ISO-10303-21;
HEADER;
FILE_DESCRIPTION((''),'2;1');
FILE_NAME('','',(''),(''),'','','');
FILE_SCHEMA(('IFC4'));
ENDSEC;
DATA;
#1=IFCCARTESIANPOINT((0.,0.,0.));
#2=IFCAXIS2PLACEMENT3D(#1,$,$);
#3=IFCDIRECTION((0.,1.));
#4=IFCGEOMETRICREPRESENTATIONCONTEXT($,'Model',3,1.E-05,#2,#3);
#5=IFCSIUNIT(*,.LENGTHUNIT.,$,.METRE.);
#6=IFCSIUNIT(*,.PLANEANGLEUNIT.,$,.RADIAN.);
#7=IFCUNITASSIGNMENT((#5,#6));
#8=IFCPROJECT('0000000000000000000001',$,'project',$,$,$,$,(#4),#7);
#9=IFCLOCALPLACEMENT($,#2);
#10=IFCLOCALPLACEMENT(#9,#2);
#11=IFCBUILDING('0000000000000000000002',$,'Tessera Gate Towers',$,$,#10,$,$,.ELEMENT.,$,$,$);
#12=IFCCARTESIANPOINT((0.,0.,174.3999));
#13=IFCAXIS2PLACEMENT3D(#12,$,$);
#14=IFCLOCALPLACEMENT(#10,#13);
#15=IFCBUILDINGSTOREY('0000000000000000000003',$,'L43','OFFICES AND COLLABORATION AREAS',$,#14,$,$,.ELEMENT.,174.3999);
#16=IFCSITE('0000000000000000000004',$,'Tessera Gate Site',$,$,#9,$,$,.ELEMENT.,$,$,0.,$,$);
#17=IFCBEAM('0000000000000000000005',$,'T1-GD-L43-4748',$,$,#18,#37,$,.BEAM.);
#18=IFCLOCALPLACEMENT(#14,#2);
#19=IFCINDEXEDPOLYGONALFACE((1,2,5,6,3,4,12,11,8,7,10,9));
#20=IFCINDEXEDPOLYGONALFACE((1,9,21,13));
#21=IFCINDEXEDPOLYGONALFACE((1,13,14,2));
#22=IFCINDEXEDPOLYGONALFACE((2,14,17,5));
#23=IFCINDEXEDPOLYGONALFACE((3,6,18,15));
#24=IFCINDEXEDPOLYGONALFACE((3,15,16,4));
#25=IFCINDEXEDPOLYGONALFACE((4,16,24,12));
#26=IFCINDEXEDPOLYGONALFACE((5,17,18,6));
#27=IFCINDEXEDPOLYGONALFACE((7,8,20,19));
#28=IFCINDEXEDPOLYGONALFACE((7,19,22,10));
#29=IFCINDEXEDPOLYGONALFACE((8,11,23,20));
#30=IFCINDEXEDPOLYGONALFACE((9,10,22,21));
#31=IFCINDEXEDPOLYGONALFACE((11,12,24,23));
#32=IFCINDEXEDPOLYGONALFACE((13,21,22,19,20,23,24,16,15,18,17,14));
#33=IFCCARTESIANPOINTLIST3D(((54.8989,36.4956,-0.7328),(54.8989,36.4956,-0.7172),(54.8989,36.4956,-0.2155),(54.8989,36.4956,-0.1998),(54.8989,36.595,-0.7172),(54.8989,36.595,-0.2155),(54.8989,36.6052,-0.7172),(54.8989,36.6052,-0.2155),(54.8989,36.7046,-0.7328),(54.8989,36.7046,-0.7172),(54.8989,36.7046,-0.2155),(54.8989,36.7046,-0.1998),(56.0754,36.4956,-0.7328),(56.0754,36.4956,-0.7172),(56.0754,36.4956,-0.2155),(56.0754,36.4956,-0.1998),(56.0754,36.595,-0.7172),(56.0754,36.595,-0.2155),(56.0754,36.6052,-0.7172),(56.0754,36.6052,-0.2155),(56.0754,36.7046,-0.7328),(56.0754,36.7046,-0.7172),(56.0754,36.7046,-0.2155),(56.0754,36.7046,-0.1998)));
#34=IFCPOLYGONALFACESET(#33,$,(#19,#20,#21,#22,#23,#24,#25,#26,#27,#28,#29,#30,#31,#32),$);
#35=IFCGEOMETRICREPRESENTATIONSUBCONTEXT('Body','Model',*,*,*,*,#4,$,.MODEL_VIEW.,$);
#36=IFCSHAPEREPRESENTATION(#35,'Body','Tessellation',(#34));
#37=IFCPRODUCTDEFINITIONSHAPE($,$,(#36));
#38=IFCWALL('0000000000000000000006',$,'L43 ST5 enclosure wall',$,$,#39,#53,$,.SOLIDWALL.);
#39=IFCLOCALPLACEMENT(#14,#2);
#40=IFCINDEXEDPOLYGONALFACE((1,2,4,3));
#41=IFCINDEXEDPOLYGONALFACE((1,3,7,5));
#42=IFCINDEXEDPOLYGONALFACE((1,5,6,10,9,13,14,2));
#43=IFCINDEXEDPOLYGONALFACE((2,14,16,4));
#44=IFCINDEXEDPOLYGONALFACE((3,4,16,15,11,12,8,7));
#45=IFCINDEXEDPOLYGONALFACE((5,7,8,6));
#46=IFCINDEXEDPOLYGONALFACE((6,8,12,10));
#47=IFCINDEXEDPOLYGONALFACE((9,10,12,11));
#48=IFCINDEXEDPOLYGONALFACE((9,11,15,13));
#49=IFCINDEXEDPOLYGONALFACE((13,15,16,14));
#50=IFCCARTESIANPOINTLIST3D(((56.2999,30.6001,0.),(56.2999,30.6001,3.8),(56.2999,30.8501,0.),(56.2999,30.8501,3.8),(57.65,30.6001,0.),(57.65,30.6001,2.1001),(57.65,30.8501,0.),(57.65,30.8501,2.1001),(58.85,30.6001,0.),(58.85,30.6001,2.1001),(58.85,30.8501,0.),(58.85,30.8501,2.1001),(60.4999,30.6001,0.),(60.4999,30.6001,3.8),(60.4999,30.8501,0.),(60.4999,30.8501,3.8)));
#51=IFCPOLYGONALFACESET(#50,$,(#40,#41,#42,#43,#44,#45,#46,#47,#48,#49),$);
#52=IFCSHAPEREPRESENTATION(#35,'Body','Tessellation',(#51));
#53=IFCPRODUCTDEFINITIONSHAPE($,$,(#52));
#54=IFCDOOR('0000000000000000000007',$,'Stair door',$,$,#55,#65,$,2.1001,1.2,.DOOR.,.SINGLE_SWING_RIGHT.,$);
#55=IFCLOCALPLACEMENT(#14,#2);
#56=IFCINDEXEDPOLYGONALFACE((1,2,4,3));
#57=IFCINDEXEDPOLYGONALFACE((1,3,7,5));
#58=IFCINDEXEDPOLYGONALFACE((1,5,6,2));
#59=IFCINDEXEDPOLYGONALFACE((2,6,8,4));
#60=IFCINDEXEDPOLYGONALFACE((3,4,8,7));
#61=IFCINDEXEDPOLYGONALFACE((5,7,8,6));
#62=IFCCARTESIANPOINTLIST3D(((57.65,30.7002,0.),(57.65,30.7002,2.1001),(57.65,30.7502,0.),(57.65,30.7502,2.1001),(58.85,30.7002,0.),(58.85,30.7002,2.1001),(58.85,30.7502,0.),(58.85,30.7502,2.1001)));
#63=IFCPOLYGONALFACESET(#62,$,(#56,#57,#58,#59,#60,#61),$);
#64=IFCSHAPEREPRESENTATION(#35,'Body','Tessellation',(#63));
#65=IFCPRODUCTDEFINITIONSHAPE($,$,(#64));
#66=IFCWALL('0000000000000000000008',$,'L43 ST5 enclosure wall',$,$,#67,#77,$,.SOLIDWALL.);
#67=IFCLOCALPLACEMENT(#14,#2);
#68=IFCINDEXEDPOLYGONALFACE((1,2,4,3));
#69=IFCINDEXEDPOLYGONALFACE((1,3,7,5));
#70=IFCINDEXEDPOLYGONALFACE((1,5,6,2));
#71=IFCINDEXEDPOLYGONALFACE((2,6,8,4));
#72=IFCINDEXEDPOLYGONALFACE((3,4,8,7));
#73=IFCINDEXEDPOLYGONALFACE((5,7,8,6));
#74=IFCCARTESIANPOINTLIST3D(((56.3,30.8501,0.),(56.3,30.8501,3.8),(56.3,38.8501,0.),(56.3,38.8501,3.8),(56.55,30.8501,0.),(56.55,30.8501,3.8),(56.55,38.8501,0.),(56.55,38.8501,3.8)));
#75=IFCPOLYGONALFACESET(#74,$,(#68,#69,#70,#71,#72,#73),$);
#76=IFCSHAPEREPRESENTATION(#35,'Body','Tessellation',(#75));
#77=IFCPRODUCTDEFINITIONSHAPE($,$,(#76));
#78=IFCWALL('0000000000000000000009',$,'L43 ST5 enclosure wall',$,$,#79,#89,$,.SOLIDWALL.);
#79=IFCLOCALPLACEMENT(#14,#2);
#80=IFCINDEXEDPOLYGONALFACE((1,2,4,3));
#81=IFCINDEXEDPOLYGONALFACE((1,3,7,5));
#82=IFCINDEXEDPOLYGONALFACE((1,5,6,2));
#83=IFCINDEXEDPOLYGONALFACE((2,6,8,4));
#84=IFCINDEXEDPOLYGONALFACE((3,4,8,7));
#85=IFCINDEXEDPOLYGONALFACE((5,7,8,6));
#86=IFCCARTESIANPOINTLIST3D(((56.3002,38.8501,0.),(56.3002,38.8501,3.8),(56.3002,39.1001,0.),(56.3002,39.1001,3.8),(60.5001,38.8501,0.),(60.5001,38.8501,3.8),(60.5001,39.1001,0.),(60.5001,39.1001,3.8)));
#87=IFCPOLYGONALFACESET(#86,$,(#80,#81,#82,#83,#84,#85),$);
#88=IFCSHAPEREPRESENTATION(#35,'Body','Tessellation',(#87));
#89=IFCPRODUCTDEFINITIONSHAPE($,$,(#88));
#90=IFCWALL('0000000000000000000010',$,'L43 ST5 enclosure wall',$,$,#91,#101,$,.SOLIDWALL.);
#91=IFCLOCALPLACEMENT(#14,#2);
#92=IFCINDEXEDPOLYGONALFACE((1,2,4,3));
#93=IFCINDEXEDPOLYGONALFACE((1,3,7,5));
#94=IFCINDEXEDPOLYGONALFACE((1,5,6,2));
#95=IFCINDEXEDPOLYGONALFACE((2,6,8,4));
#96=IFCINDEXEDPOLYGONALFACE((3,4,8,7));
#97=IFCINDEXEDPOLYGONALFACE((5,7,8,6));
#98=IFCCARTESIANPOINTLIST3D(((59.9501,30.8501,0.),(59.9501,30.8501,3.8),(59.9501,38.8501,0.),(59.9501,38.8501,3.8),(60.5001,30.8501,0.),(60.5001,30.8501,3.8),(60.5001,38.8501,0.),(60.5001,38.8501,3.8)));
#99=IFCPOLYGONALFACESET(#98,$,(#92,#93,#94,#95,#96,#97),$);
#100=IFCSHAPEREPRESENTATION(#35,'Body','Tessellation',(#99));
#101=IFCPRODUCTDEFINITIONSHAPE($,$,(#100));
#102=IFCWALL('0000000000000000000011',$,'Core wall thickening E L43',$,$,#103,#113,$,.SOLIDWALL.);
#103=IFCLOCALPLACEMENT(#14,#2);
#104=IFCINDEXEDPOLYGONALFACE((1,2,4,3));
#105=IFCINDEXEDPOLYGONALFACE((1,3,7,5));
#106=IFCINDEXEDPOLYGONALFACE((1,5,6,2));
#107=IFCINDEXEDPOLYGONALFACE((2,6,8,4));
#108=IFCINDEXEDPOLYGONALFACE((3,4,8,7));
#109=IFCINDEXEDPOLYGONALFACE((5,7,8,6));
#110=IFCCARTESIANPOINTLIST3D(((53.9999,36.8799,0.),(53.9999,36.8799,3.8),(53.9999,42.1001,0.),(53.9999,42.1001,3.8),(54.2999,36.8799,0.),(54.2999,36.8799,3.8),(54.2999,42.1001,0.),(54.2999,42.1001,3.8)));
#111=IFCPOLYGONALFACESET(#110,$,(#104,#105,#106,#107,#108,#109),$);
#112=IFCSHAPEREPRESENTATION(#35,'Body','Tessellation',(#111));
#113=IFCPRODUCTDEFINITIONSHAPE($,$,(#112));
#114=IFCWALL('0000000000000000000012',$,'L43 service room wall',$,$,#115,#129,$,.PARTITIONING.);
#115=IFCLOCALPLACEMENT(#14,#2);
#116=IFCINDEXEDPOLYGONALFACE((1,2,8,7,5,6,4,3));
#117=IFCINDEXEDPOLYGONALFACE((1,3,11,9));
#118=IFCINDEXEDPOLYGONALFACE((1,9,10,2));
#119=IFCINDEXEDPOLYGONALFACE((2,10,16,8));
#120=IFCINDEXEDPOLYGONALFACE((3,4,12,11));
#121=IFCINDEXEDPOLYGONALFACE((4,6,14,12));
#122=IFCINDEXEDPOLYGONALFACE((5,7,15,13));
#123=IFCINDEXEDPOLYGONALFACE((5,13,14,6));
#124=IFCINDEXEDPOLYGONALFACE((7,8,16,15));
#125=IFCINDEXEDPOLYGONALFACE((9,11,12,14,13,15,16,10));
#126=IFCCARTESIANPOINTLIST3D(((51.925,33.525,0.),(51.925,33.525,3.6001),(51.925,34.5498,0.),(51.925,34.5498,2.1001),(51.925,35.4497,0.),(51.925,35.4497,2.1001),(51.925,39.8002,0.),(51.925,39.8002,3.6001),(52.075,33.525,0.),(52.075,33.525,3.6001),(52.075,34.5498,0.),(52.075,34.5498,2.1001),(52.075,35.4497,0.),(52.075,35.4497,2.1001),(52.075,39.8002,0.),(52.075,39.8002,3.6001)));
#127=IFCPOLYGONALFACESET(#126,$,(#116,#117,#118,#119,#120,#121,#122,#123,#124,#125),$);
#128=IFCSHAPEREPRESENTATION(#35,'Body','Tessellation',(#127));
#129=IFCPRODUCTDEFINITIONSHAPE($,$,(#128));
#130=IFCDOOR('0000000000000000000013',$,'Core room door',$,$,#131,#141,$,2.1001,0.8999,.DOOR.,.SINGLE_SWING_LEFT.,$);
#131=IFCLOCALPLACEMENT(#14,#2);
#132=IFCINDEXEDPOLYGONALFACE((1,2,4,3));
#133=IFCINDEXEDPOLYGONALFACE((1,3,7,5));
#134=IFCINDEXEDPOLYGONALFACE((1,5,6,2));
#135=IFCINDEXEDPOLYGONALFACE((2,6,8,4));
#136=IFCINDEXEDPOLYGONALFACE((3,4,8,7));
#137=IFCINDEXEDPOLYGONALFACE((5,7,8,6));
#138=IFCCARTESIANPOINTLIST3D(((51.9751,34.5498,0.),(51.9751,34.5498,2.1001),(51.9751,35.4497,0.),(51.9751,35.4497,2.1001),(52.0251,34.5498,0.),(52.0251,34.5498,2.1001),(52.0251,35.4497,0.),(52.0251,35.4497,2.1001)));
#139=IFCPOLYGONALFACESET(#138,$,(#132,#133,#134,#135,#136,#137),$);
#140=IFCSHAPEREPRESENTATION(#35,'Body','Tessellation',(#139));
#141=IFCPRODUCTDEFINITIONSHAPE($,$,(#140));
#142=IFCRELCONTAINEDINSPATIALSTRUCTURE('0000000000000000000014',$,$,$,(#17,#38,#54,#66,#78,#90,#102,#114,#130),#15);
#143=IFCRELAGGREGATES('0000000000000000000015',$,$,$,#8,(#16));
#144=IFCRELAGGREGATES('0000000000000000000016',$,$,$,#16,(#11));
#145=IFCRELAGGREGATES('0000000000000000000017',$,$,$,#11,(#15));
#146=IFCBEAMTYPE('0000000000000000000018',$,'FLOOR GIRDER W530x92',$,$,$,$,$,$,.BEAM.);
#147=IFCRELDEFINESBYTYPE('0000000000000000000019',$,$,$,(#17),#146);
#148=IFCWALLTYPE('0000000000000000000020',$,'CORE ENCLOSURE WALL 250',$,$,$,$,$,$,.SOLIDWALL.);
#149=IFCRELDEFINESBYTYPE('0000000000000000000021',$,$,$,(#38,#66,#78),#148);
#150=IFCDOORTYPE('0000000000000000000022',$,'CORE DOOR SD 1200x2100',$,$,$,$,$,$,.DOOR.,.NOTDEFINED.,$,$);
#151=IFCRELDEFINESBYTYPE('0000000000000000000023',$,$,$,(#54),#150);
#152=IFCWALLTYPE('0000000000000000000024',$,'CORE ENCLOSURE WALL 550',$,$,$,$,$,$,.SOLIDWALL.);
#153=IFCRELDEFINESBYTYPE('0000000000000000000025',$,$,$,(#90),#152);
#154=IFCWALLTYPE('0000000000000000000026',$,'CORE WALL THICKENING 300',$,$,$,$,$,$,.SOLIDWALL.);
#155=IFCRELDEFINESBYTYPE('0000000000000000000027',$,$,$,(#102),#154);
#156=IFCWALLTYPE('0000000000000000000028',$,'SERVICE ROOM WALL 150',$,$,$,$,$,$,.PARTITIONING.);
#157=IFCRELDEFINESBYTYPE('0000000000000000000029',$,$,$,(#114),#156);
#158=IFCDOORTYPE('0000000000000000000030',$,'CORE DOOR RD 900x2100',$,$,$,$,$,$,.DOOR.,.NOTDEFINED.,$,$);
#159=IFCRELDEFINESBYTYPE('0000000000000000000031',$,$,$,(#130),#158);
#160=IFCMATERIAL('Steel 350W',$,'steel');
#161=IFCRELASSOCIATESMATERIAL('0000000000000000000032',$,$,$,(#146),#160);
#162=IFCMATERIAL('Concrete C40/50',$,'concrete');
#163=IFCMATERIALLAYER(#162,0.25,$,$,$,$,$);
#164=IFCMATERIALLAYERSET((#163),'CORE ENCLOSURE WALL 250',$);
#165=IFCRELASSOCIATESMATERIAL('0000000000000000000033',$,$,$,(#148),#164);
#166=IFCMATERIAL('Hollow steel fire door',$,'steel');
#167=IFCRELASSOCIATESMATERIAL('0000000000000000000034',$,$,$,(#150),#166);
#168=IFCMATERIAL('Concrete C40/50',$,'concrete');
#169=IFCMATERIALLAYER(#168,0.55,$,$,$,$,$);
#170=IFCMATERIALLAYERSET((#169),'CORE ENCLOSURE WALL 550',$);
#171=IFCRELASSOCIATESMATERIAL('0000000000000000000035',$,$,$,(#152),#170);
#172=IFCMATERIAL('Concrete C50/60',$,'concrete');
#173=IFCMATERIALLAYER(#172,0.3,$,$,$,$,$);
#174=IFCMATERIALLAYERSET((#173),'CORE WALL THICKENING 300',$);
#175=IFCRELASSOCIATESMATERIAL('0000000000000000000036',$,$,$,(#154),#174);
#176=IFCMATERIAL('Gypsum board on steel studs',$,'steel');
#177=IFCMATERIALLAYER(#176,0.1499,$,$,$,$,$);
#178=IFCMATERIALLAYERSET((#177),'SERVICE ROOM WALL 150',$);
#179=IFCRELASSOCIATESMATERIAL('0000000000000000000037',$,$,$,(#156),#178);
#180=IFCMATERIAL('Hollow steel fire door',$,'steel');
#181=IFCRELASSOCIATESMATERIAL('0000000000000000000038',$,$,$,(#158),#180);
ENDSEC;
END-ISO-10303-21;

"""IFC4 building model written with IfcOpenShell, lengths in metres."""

from ifc_helpers import new_model, si_unit, direction, frame, frame_2d, origin, origin_2d, place, context, subcontext, project, spatial, rectangle, i_section, extrude, source, transform, mapped, material, layer, layer_set, material_profile, profile_set, type_object, element, fill, save


model = new_model("IFC4")

# Units and contexts
model_context = context("Model", 3, precision=1e-05, world=origin(), true_north=direction((0.0, 1.0)))
body_context = subcontext(model_context, "Body", "Model", "MODEL_VIEW")
ifc_project = project(units=[si_unit("LENGTHUNIT", "METRE"), si_unit("PLANEANGLEUNIT", "RADIAN")], contexts=[model_context])

# Site, building, storey
site_placement = place(None, origin())
site = spatial("IfcSite", under=ifc_project, at=site_placement, Name="Tessera Gate Site", CompositionType="ELEMENT", RefElevation=0.0)
building_placement = place(site_placement, origin())
building = spatial("IfcBuilding", under=site, at=building_placement, Name="Tessera Gate Towers", CompositionType="ELEMENT")
storey_placement = place(building_placement, frame((0.0, 0.0, 174.3999)))
storey = spatial("IfcBuildingStorey", under=building, at=storey_placement, Name="L43", Description="OFFICES AND COLLABORATION AREAS", CompositionType="ELEMENT", Elevation=174.3999)

# Beam
ifc_material_1 = material(Name="Steel 350W", Category="steel")
ifc_material_profile = material_profile(ifc_material_1, i_section(OverallWidth=0.209, OverallDepth=0.533, WebThickness=0.0103, FlangeThickness=0.0156, at=origin_2d()), Name="W530x92")
ifc_profile_set = profile_set([ifc_material_profile], Name="Steel 350W")
beam_type = type_object("IfcBeamType", Name="FLOOR GIRDER W530x92", PredefinedType="BEAM", material=ifc_profile_set)
beam_placement = place(storey_placement, frame((54.8989, 36.6001, -0.4663), z_axis=(1.0, 0.0, 0.0), x_axis=(0.0, 1.0, 0.0)))
element("IfcBeam", 1, at=beam_placement, inside=storey, type_object=beam_type, Name="T1-GD-L43-4748", PredefinedType="BEAM", context=body_context, shape_type="SweptSolid", body=[
    extrude(i_section(OverallWidth=0.209, OverallDepth=0.533, WebThickness=0.0103, FlangeThickness=0.0156, at=origin_2d()), origin(), (0.0, 0.0, 1.0), 1.1765),
])

# Wall, opening, door
ifc_material_2 = material(Name="Concrete C40/50", Category="concrete")
ifc_layer_1 = layer(ifc_material_2, 0.25)
ifc_layer_set_1 = layer_set([ifc_layer_1], Name="CORE ENCLOSURE WALL 250")
wall_type_1 = type_object("IfcWallType", Name="CORE ENCLOSURE WALL 250", PredefinedType="SOLIDWALL", material=ifc_layer_set_1)
wall_1_placement = place(storey_placement, frame((60.5, 30.7251, 0.0), z_axis=(0.0, 0.0, 1.0), x_axis=(-1.0, 0.0, 0.0)))
wall_1 = element("IfcWall", 2, at=wall_1_placement, inside=storey, type_object=wall_type_1, Name="L43 ST5 enclosure wall", PredefinedType="SOLIDWALL", context=body_context, shape_type="SweptSolid", body=[
    extrude(rectangle(XDim=4.2, YDim=0.25, at=frame_2d((2.1001, 0.0))), origin(), (0.0, 0.0, 1.0), 3.8),
])
shared_shape_1 = source(origin(), body_context, "Body", "SweptSolid", [
    extrude(rectangle(XDim=1.2, YDim=2.1001, at=frame_2d((0.6001, 1.05))), frame((0.0, 0.135, 0.0), z_axis=(0.0, -1.0, 0.0), x_axis=(1.0, 0.0, 0.0)), (0.0, 0.0, 1.0), 0.27),
])
opening_1_placement = place(wall_1_placement, frame((1.6499, 0.0, 0.0)))
opening_1 = element("IfcOpeningElement", 3, at=opening_1_placement, cuts=wall_1, PredefinedType="OPENING", context=body_context, shape_type="MappedRepresentation", body=[
    mapped(shared_shape_1, transform((0.0, 0.0, 0.0), scale=1.0)),
])
ifc_material_3 = material(Name="Hollow steel fire door", Category="steel")
door_type_1 = type_object("IfcDoorType", Name="CORE DOOR SD 1200x2100", OperationType="NOTDEFINED", PredefinedType="DOOR", material=ifc_material_3)
shared_shape_2 = source(origin(), body_context, "Body", "SweptSolid", [
    extrude(rectangle(XDim=1.2, YDim=2.1001, at=frame_2d((0.6001, 1.05))), frame((0.0, 0.0249, 0.0), z_axis=(0.0, -1.0, 0.0), x_axis=(1.0, 0.0, 0.0)), (0.0, 0.0, 1.0), 0.05),
])
door_1_placement = place(opening_1_placement, origin())
door_1 = element("IfcDoor", 4, at=door_1_placement, inside=storey, type_object=door_type_1, Name="Stair door", OperationType="SINGLE_SWING_RIGHT", OverallHeight=2.1001, OverallWidth=1.2, PredefinedType="DOOR", context=body_context, shape_type="MappedRepresentation", body=[
    mapped(shared_shape_2, transform((0.0, 0.0, 0.0), scale=1.0)),
])
fill(opening_1, door_1)

# Walls
wall_2_placement = place(storey_placement, frame((56.425, 30.8501, 0.0), z_axis=(0.0, 0.0, 1.0), x_axis=(0.0, 1.0, 0.0)))
element("IfcWall", 5, at=wall_2_placement, inside=storey, type_object=wall_type_1, Name="L43 ST5 enclosure wall", PredefinedType="SOLIDWALL", context=body_context, shape_type="SweptSolid", body=[
    extrude(rectangle(XDim=8.0, YDim=0.25, at=frame_2d((4.0, 0.0))), origin(), (0.0, 0.0, 1.0), 3.8),
])
wall_3_placement = place(storey_placement, frame((56.3, 38.9751, 0.0), z_axis=(0.0, 0.0, 1.0), x_axis=(1.0, 0.0, 0.0)))
element("IfcWall", 6, at=wall_3_placement, inside=storey, type_object=wall_type_1, Name="L43 ST5 enclosure wall", PredefinedType="SOLIDWALL", context=body_context, shape_type="SweptSolid", body=[
    extrude(rectangle(XDim=4.2, YDim=0.25, at=frame_2d((2.1001, 0.0))), origin(), (0.0, 0.0, 1.0), 3.8),
])
ifc_material_4 = material(Name="Concrete C40/50", Category="concrete")
ifc_layer_2 = layer(ifc_material_4, 0.55)
ifc_layer_set_2 = layer_set([ifc_layer_2], Name="CORE ENCLOSURE WALL 550")
wall_type_2 = type_object("IfcWallType", Name="CORE ENCLOSURE WALL 550", PredefinedType="SOLIDWALL", material=ifc_layer_set_2)
wall_4_placement = place(storey_placement, frame((60.2251, 38.8501, 0.0), z_axis=(0.0, 0.0, 1.0), x_axis=(0.0, -1.0, 0.0)))
element("IfcWall", 7, at=wall_4_placement, inside=storey, type_object=wall_type_2, Name="L43 ST5 enclosure wall", PredefinedType="SOLIDWALL", context=body_context, shape_type="SweptSolid", body=[
    extrude(rectangle(XDim=8.0, YDim=0.55, at=frame_2d((4.0, 0.0))), origin(), (0.0, 0.0, 1.0), 3.8),
])
ifc_material_5 = material(Name="Concrete C50/60", Category="concrete")
ifc_layer_3 = layer(ifc_material_5, 0.3)
ifc_layer_set_3 = layer_set([ifc_layer_3], Name="CORE WALL THICKENING 300")
wall_type_3 = type_object("IfcWallType", Name="CORE WALL THICKENING 300", PredefinedType="SOLIDWALL", material=ifc_layer_set_3)
wall_5_placement = place(storey_placement, frame((54.1499, 36.8799, 0.0), z_axis=(0.0, 0.0, 1.0), x_axis=(0.0, 1.0, 0.0)))
element("IfcWall", 8, at=wall_5_placement, inside=storey, type_object=wall_type_3, Name="Core wall thickening E L43", PredefinedType="SOLIDWALL", context=body_context, shape_type="SweptSolid", body=[
    extrude(rectangle(XDim=5.2202, YDim=0.3, at=frame_2d((2.6101, 0.0))), origin(), (0.0, 0.0, 1.0), 3.8),
])

# Wall, opening, door
ifc_material_6 = material(Name="Gypsum board on steel studs", Category="steel")
ifc_layer_4 = layer(ifc_material_6, 0.1499)
ifc_layer_set_4 = layer_set([ifc_layer_4], Name="SERVICE ROOM WALL 150")
wall_type_4 = type_object("IfcWallType", Name="SERVICE ROOM WALL 150", PredefinedType="PARTITIONING", material=ifc_layer_set_4)
wall_6_placement = place(storey_placement, frame((52.0, 33.5249, 0.0), z_axis=(0.0, 0.0, 1.0), x_axis=(0.0, 1.0, 0.0)))
wall_6 = element("IfcWall", 9, at=wall_6_placement, inside=storey, type_object=wall_type_4, Name="L43 service room wall", PredefinedType="PARTITIONING", context=body_context, shape_type="SweptSolid", body=[
    extrude(rectangle(XDim=6.2751, YDim=0.1499, at=frame_2d((3.1377, 0.0))), origin(), (0.0, 0.0, 1.0), 3.6001),
])
shared_shape_3 = source(origin(), body_context, "Body", "SweptSolid", [
    extrude(rectangle(XDim=0.8999, YDim=2.1001, at=frame_2d((0.45, 1.05))), frame((0.0, 0.085, 0.0), z_axis=(0.0, -1.0, 0.0), x_axis=(1.0, 0.0, 0.0)), (0.0, 0.0, 1.0), 0.1699),
])
opening_2_placement = place(wall_6_placement, frame((1.0249, 0.0, 0.0)))
opening_2 = element("IfcOpeningElement", 10, at=opening_2_placement, cuts=wall_6, PredefinedType="OPENING", context=body_context, shape_type="MappedRepresentation", body=[
    mapped(shared_shape_3, transform((0.0, 0.0, 0.0), scale=1.0)),
])
ifc_material_7 = material(Name="Hollow steel fire door", Category="steel")
door_type_2 = type_object("IfcDoorType", Name="CORE DOOR RD 900x2100", OperationType="NOTDEFINED", PredefinedType="DOOR", material=ifc_material_7)
shared_shape_4 = source(origin(), body_context, "Body", "SweptSolid", [
    extrude(rectangle(XDim=0.8999, YDim=2.1001, at=frame_2d((0.45, 1.05))), frame((0.0, 0.0249, 0.0), z_axis=(0.0, -1.0, 0.0), x_axis=(1.0, 0.0, 0.0)), (0.0, 0.0, 1.0), 0.05),
])
door_2_placement = place(opening_2_placement, origin())
door_2 = element("IfcDoor", 11, at=door_2_placement, inside=storey, type_object=door_type_2, Name="Core room door", OperationType="SINGLE_SWING_LEFT", OverallHeight=2.1001, OverallWidth=0.8999, PredefinedType="DOOR", context=body_context, shape_type="MappedRepresentation", body=[
    mapped(shared_shape_4, transform((0.0, 0.0, 0.0), scale=1.0)),
])
fill(opening_2, door_2)

save(model, "model.ifc")
